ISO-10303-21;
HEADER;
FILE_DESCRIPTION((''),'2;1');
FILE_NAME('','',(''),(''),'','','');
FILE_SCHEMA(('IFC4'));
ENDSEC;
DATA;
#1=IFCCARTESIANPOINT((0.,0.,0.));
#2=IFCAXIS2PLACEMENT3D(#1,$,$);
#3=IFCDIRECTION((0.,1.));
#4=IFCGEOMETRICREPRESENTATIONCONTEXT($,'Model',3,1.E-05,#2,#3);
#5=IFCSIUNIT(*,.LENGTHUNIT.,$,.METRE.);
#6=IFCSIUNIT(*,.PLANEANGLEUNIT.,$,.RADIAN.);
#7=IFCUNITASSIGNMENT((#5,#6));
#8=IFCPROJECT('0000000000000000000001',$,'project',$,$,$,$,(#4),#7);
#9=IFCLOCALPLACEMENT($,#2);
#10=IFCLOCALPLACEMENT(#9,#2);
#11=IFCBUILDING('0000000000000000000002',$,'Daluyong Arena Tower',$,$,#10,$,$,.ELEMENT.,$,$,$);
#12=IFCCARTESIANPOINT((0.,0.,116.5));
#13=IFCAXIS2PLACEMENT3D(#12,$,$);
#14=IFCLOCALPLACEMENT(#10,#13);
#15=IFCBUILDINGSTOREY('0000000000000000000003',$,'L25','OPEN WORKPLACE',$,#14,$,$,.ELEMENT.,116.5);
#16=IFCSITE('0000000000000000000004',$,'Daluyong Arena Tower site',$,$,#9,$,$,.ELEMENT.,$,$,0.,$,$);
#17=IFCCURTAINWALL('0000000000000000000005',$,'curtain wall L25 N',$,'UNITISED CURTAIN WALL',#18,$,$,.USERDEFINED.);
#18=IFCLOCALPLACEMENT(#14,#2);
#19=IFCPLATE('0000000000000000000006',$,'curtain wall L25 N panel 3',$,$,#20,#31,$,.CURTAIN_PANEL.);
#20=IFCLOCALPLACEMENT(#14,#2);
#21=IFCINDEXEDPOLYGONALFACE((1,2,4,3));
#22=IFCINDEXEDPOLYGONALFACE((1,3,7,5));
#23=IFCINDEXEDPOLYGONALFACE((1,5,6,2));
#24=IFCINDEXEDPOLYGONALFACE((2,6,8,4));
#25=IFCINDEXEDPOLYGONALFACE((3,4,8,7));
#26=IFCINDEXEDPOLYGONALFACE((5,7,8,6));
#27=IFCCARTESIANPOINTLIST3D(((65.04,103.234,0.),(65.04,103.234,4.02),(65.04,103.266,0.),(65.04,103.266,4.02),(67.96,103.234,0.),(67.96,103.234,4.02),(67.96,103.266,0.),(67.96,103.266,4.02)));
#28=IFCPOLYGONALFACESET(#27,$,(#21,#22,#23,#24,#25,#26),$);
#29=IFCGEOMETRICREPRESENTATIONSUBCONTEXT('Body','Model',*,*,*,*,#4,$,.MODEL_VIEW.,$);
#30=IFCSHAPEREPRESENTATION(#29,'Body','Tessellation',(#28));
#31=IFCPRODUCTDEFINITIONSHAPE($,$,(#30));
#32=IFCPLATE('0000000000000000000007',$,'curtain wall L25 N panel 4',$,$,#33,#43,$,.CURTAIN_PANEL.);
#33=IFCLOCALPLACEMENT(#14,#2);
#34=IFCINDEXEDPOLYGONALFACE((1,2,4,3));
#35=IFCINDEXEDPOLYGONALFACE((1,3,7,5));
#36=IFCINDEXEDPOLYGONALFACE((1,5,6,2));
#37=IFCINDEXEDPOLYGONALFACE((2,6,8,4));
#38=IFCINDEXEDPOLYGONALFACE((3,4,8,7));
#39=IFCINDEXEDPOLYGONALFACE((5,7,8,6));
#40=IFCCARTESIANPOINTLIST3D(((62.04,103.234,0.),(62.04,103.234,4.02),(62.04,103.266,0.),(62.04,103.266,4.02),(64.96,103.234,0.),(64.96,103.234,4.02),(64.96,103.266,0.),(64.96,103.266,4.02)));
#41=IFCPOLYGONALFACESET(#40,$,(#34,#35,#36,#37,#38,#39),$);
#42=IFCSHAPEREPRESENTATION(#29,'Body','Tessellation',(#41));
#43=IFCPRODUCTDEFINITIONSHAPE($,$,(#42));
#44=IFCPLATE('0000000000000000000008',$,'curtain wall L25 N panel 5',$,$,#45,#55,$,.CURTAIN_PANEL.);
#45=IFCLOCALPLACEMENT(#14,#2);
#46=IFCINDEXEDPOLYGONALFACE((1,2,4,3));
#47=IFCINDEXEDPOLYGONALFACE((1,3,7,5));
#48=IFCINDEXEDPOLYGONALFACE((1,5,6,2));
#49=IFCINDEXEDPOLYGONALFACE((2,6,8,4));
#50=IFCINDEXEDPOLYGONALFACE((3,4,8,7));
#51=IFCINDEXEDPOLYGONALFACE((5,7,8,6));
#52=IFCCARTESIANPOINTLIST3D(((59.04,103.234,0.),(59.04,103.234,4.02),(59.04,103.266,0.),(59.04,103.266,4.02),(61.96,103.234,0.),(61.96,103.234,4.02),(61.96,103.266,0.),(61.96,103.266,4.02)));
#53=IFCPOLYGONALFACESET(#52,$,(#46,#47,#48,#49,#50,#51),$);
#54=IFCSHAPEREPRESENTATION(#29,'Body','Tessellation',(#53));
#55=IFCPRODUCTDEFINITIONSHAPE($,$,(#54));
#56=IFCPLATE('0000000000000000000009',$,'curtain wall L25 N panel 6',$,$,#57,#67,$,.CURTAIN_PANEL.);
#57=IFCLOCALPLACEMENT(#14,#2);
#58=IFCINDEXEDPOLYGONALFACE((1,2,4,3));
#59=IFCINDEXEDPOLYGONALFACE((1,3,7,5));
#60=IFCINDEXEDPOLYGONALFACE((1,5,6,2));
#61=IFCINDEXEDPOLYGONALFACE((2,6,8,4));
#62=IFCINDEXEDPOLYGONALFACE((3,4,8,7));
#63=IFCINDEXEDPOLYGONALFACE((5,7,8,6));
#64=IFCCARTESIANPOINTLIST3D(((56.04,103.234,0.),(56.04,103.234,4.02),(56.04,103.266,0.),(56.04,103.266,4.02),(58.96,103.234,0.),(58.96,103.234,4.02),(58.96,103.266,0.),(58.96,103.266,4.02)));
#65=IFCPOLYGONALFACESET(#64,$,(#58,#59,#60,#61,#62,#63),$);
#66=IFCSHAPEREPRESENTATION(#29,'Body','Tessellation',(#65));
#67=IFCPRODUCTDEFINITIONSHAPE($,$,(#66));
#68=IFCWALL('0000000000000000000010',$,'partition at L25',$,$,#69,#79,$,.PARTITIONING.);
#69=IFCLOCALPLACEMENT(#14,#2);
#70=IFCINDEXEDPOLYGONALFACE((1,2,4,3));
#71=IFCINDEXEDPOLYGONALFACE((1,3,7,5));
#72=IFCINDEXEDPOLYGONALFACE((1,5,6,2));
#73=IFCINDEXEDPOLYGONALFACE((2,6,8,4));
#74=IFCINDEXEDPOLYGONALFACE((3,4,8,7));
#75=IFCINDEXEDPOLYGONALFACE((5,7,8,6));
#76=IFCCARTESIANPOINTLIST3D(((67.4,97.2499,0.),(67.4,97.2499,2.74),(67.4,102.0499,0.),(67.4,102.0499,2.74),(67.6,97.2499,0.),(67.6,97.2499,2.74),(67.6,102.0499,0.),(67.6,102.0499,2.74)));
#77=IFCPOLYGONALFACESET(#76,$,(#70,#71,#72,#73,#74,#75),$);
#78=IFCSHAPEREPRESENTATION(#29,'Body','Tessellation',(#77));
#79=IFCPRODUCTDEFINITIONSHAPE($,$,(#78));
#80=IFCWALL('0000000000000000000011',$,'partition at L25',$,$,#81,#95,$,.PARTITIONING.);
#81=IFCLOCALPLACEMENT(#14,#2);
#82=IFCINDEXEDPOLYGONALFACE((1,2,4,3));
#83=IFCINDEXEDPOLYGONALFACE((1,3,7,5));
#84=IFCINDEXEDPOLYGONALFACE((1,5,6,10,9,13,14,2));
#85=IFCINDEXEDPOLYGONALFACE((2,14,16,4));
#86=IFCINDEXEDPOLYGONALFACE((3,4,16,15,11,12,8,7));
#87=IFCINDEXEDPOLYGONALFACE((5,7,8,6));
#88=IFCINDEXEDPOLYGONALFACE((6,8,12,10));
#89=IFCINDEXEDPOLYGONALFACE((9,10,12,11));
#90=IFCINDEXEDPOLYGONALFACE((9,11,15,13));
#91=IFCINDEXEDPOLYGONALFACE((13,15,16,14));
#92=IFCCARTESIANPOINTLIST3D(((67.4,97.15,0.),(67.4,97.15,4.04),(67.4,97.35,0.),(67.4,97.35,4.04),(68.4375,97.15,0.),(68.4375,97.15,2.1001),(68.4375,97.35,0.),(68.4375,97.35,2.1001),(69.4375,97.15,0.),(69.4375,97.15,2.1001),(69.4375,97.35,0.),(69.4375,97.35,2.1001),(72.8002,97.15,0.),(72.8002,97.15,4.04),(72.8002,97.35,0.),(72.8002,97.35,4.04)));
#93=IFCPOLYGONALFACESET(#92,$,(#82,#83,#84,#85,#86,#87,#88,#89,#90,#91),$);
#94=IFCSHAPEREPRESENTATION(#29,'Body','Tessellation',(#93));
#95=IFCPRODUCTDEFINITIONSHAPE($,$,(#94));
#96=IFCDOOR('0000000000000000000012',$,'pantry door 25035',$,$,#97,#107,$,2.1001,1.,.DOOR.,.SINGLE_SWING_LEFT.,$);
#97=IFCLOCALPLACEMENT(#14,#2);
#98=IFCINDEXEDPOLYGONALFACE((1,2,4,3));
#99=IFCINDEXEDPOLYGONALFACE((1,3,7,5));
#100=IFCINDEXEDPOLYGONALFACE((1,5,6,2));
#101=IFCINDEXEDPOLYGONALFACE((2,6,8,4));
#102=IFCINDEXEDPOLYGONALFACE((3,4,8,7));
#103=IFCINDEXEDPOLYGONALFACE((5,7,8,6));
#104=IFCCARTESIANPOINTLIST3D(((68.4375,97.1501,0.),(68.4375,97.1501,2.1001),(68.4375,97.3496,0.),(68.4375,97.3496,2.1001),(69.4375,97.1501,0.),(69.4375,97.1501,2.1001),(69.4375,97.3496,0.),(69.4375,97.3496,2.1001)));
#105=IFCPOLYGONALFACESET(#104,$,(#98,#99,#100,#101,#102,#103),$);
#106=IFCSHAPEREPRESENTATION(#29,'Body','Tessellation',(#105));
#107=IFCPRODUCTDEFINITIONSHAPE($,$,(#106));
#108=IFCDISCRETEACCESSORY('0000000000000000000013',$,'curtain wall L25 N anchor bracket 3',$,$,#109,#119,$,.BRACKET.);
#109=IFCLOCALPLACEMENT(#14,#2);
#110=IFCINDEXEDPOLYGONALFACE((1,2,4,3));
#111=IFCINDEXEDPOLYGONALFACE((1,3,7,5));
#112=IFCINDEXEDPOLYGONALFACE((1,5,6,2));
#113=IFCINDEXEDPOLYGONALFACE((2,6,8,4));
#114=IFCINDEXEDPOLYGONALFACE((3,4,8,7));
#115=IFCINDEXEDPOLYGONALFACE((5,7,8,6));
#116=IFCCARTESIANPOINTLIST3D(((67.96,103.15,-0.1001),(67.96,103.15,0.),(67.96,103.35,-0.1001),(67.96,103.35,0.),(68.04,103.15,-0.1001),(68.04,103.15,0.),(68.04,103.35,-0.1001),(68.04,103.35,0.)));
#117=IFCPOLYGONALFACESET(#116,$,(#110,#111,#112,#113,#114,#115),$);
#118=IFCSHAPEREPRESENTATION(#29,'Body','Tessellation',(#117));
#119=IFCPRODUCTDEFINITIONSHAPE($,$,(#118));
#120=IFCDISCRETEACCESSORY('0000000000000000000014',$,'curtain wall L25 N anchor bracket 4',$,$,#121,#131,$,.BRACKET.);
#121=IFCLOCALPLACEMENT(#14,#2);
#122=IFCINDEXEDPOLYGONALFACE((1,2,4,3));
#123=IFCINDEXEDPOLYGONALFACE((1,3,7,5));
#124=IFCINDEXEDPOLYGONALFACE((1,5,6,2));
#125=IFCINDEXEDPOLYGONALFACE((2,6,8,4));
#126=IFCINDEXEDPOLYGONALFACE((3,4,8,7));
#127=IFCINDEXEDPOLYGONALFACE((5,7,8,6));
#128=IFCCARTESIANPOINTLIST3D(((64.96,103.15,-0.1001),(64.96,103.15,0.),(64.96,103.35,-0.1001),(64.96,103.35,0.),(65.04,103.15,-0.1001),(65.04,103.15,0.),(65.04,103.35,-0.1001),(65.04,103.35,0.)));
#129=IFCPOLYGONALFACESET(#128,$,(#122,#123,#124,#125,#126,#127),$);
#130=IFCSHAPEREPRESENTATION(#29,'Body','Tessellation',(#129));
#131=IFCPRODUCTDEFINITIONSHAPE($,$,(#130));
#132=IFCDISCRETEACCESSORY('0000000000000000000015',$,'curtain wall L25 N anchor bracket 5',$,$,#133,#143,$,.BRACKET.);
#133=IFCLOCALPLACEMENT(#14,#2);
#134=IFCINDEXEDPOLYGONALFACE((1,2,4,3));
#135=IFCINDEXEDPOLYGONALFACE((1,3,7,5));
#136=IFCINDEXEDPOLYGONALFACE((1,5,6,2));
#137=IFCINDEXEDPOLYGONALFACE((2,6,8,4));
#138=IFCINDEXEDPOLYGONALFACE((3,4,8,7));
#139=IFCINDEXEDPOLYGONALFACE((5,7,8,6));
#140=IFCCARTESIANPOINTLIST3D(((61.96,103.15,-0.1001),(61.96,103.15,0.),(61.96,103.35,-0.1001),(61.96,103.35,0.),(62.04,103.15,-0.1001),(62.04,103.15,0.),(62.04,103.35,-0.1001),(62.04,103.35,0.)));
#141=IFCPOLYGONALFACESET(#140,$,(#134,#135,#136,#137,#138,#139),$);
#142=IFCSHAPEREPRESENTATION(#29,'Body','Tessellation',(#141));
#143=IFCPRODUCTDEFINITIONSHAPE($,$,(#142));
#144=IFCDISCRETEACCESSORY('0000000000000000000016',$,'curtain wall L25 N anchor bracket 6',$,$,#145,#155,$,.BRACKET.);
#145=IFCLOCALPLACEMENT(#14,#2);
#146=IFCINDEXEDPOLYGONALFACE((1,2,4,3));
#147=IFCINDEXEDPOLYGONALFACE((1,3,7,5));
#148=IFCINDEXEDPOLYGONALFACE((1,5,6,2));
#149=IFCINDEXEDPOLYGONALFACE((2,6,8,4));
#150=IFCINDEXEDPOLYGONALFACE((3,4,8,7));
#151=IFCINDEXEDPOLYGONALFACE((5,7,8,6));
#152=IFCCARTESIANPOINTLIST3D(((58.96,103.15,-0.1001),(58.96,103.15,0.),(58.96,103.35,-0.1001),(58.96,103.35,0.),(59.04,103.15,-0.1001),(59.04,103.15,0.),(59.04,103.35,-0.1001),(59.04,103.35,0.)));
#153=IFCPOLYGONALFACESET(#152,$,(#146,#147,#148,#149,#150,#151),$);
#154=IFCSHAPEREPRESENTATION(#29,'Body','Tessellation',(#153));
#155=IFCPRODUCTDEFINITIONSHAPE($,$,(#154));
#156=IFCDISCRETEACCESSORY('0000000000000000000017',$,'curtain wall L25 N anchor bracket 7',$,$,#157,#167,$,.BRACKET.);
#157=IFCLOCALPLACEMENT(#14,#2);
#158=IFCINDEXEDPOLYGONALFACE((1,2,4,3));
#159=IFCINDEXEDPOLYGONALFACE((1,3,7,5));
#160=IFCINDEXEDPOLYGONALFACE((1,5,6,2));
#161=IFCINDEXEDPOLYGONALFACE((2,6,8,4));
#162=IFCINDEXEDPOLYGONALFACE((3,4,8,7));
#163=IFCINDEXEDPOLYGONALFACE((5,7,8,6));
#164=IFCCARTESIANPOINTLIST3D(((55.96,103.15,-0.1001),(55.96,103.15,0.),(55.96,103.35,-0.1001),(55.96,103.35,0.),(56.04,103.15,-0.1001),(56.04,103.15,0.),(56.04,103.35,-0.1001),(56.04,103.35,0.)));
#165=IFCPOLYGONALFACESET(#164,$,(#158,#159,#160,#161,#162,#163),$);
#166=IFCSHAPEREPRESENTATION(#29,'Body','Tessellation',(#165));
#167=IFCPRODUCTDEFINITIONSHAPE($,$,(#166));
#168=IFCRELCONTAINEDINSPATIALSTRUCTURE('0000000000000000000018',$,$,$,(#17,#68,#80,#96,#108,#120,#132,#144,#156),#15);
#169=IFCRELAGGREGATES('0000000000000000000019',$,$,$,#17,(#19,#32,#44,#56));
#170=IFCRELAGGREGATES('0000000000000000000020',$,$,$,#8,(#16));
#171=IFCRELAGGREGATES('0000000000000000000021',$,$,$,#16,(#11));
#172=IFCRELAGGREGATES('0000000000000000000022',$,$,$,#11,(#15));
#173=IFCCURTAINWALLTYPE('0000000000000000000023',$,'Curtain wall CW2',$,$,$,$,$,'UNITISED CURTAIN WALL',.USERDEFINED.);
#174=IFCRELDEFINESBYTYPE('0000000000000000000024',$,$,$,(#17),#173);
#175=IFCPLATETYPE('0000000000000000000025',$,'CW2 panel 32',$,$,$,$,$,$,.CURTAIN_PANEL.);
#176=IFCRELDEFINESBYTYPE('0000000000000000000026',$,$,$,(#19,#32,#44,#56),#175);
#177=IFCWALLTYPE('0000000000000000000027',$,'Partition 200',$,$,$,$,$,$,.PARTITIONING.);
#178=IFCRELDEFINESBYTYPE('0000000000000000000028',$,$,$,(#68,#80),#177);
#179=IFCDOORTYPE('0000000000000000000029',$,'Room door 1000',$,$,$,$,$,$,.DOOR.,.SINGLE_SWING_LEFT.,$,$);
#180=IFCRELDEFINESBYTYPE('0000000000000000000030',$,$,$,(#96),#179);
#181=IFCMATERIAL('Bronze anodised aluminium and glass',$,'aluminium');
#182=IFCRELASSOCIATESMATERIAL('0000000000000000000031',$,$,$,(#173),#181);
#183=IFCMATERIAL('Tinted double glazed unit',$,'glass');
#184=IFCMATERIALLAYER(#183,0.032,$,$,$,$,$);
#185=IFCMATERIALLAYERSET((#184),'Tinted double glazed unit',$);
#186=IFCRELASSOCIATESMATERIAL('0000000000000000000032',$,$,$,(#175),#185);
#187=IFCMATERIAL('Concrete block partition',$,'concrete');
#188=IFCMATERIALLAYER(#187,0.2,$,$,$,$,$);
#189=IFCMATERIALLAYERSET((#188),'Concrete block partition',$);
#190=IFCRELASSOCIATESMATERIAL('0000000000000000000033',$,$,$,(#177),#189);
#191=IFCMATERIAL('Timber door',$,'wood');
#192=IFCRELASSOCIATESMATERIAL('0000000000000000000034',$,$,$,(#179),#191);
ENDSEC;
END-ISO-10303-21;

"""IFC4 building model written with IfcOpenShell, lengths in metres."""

from ifc_helpers import new_model, si_unit, direction, frame, frame_2d, origin, origin_2d, place, context, subcontext, project, spatial, rectangle, extrude, material, layer, layer_set, type_object, element, fill, aggregate, save


model = new_model("IFC4")

# Units and contexts
model_context = context("Model", 3, precision=1e-05, world=origin(), true_north=direction((0.0, 1.0)))
body_context = subcontext(model_context, "Body", "Model", "MODEL_VIEW")
ifc_project = project(units=[si_unit("LENGTHUNIT", "METRE"), si_unit("PLANEANGLEUNIT", "RADIAN")], contexts=[model_context])

# Site, building, storey
site_placement = place(None, origin())
site = spatial("IfcSite", under=ifc_project, at=site_placement, Name="Daluyong Arena Tower site", CompositionType="ELEMENT", RefElevation=0.0)
building_placement = place(site_placement, origin())
building = spatial("IfcBuilding", under=site, at=building_placement, Name="Daluyong Arena Tower", CompositionType="ELEMENT")
storey_placement = place(building_placement, frame((0.0, 0.0, 116.5)))
storey = spatial("IfcBuildingStorey", under=building, at=storey_placement, Name="L25", Description="OPEN WORKPLACE", CompositionType="ELEMENT", Elevation=116.5)

# Curtain wall
ifc_material_1 = material(Name="Bronze anodised aluminium and glass", Category="aluminium")
curtain_wall_type = type_object("IfcCurtainWallType", Name="Curtain wall CW2", ElementType="UNITISED CURTAIN WALL", PredefinedType="USERDEFINED", material=ifc_material_1)
curtain_wall_placement = place(storey_placement, origin())
curtain_wall = element("IfcCurtainWall", 1, at=curtain_wall_placement, inside=storey, type_object=curtain_wall_type, Name="curtain wall L25 N", ObjectType="UNITISED CURTAIN WALL", PredefinedType="USERDEFINED")

# Plates
ifc_material_2 = material(Name="Tinted double glazed unit", Category="glass")
ifc_layer_1 = layer(ifc_material_2, 0.032)
ifc_layer_set_1 = layer_set([ifc_layer_1], Name="Tinted double glazed unit")
plate_type = type_object("IfcPlateType", Name="CW2 panel 32", PredefinedType="CURTAIN_PANEL", material=ifc_layer_set_1)
plate_1_placement = place(storey_placement, frame((66.5, 103.25, 0.0), z_axis=(0.0, 0.0, 1.0), x_axis=(-1.0, 0.0, 0.0)))
plate_1 = element("IfcPlate", 2, at=plate_1_placement, type_object=plate_type, Name="curtain wall L25 N panel 3", PredefinedType="CURTAIN_PANEL", context=body_context, shape_type="SweptSolid", body=[
    extrude(rectangle(XDim=2.9199, YDim=0.032, at=origin_2d()), origin(), (0.0, 0.0, 1.0), 4.02),
])
plate_2_placement = place(storey_placement, frame((63.5, 103.25, 0.0), z_axis=(0.0, 0.0, 1.0), x_axis=(-1.0, 0.0, 0.0)))
plate_2 = element("IfcPlate", 3, at=plate_2_placement, type_object=plate_type, Name="curtain wall L25 N panel 4", PredefinedType="CURTAIN_PANEL", context=body_context, shape_type="SweptSolid", body=[
    extrude(rectangle(XDim=2.9199, YDim=0.032, at=origin_2d()), origin(), (0.0, 0.0, 1.0), 4.02),
])
plate_3_placement = place(storey_placement, frame((60.5, 103.25, 0.0), z_axis=(0.0, 0.0, 1.0), x_axis=(-1.0, 0.0, 0.0)))
plate_3 = element("IfcPlate", 4, at=plate_3_placement, type_object=plate_type, Name="curtain wall L25 N panel 5", PredefinedType="CURTAIN_PANEL", context=body_context, shape_type="SweptSolid", body=[
    extrude(rectangle(XDim=2.9199, YDim=0.032, at=origin_2d()), origin(), (0.0, 0.0, 1.0), 4.02),
])
plate_4_placement = place(storey_placement, frame((57.5, 103.25, 0.0), z_axis=(0.0, 0.0, 1.0), x_axis=(-1.0, 0.0, 0.0)))
plate_4 = element("IfcPlate", 5, at=plate_4_placement, type_object=plate_type, Name="curtain wall L25 N panel 6", PredefinedType="CURTAIN_PANEL", context=body_context, shape_type="SweptSolid", body=[
    extrude(rectangle(XDim=2.9199, YDim=0.032, at=origin_2d()), origin(), (0.0, 0.0, 1.0), 4.02),
])
aggregate(curtain_wall, [plate_1, plate_2, plate_3, plate_4])

# Wall
ifc_material_3 = material(Name="Concrete block partition", Category="concrete")
ifc_layer_2 = layer(ifc_material_3, 0.2)
ifc_layer_set_2 = layer_set([ifc_layer_2], Name="Concrete block partition")
wall_type = type_object("IfcWallType", Name="Partition 200", PredefinedType="PARTITIONING", material=ifc_layer_set_2)
wall_1_placement = place(storey_placement, frame((67.5, 97.25, 0.0), z_axis=(0.0, 0.0, 1.0), x_axis=(0.0, 1.0, 0.0)))
element("IfcWall", 6, at=wall_1_placement, inside=storey, type_object=wall_type, Name="partition at L25", PredefinedType="PARTITIONING", context=body_context, shape_type="SweptSolid", body=[
    extrude(rectangle(XDim=4.8, YDim=0.2, at=frame_2d((2.3999, 0.0))), origin(), (0.0, 0.0, 1.0), 2.74),
])

# Wall, opening, door
wall_2_placement = place(storey_placement, frame((67.3999, 97.25, 0.0), z_axis=(0.0, 0.0, 1.0), x_axis=(1.0, 0.0, 0.0)))
wall_2 = element("IfcWall", 7, at=wall_2_placement, inside=storey, type_object=wall_type, Name="partition at L25", PredefinedType="PARTITIONING", context=body_context, shape_type="SweptSolid", body=[
    extrude(rectangle(XDim=5.4001, YDim=0.2, at=frame_2d((2.7002, 0.0))), origin(), (0.0, 0.0, 1.0), 4.04),
])
opening_placement = place(wall_2_placement, frame((1.0376, 0.0, 0.0)))
opening = element("IfcOpeningElement", 8, at=opening_placement, cuts=wall_2, PredefinedType="OPENING", context=body_context, shape_type="SweptSolid", body=[
    extrude(rectangle(XDim=1.0, YDim=2.1001, at=frame_2d((0.5, 1.05))), frame((0.0, 0.1099, 0.0), z_axis=(0.0, -1.0, 0.0), x_axis=(1.0, 0.0, 0.0)), (0.0, 0.0, 1.0), 0.22),
])
ifc_material_4 = material(Name="Timber door", Category="wood")
door_type = type_object("IfcDoorType", Name="Room door 1000", OperationType="SINGLE_SWING_LEFT", PredefinedType="DOOR", material=ifc_material_4)
door_placement = place(opening_placement, origin())
door = element("IfcDoor", 9, at=door_placement, inside=storey, type_object=door_type, Name="pantry door 25035", OperationType="SINGLE_SWING_LEFT", OverallHeight=2.1001, OverallWidth=1.0, PredefinedType="DOOR", context=body_context, shape_type="SweptSolid", body=[
    extrude(rectangle(XDim=1.0, YDim=2.1001, at=frame_2d((0.5, 1.05))), frame((0.0, 0.0996, 0.0), z_axis=(0.0, -1.0, 0.0), x_axis=(1.0, 0.0, 0.0)), (0.0, 0.0, 1.0), 0.1995),
])
fill(opening, door)

# Discrete accessories
for number, where, z_axis, x_axis, name in (
    (10, (68.0, 103.25, -0.1001), (0.0, 0.0, 1.0), (-1.0, 0.0, 0.0), "curtain wall L25 N anchor bracket 3"),
    (11, (65.0, 103.25, -0.1001), (0.0, 0.0, 1.0), (-1.0, 0.0, 0.0), "curtain wall L25 N anchor bracket 4"),
    (12, (62.0, 103.25, -0.1001), (0.0, 0.0, 1.0), (-1.0, 0.0, 0.0), "curtain wall L25 N anchor bracket 5"),
    (13, (59.0, 103.25, -0.1001), (0.0, 0.0, 1.0), (-1.0, 0.0, 0.0), "curtain wall L25 N anchor bracket 6"),
    (14, (56.0, 103.25, -0.1001), (0.0, 0.0, 1.0), (-1.0, 0.0, 0.0), "curtain wall L25 N anchor bracket 7"),
):
    element("IfcDiscreteAccessory", number, at=place(storey_placement, frame(where, z_axis=z_axis, x_axis=x_axis)), inside=storey, Name=name, PredefinedType="BRACKET", context=body_context, shape_type="SweptSolid", body=[
        extrude(rectangle(XDim=0.0801, YDim=0.2, at=origin_2d()), origin(), (0.0, 0.0, 1.0), 0.1001),
    ])

save(model, "model.ifc")
